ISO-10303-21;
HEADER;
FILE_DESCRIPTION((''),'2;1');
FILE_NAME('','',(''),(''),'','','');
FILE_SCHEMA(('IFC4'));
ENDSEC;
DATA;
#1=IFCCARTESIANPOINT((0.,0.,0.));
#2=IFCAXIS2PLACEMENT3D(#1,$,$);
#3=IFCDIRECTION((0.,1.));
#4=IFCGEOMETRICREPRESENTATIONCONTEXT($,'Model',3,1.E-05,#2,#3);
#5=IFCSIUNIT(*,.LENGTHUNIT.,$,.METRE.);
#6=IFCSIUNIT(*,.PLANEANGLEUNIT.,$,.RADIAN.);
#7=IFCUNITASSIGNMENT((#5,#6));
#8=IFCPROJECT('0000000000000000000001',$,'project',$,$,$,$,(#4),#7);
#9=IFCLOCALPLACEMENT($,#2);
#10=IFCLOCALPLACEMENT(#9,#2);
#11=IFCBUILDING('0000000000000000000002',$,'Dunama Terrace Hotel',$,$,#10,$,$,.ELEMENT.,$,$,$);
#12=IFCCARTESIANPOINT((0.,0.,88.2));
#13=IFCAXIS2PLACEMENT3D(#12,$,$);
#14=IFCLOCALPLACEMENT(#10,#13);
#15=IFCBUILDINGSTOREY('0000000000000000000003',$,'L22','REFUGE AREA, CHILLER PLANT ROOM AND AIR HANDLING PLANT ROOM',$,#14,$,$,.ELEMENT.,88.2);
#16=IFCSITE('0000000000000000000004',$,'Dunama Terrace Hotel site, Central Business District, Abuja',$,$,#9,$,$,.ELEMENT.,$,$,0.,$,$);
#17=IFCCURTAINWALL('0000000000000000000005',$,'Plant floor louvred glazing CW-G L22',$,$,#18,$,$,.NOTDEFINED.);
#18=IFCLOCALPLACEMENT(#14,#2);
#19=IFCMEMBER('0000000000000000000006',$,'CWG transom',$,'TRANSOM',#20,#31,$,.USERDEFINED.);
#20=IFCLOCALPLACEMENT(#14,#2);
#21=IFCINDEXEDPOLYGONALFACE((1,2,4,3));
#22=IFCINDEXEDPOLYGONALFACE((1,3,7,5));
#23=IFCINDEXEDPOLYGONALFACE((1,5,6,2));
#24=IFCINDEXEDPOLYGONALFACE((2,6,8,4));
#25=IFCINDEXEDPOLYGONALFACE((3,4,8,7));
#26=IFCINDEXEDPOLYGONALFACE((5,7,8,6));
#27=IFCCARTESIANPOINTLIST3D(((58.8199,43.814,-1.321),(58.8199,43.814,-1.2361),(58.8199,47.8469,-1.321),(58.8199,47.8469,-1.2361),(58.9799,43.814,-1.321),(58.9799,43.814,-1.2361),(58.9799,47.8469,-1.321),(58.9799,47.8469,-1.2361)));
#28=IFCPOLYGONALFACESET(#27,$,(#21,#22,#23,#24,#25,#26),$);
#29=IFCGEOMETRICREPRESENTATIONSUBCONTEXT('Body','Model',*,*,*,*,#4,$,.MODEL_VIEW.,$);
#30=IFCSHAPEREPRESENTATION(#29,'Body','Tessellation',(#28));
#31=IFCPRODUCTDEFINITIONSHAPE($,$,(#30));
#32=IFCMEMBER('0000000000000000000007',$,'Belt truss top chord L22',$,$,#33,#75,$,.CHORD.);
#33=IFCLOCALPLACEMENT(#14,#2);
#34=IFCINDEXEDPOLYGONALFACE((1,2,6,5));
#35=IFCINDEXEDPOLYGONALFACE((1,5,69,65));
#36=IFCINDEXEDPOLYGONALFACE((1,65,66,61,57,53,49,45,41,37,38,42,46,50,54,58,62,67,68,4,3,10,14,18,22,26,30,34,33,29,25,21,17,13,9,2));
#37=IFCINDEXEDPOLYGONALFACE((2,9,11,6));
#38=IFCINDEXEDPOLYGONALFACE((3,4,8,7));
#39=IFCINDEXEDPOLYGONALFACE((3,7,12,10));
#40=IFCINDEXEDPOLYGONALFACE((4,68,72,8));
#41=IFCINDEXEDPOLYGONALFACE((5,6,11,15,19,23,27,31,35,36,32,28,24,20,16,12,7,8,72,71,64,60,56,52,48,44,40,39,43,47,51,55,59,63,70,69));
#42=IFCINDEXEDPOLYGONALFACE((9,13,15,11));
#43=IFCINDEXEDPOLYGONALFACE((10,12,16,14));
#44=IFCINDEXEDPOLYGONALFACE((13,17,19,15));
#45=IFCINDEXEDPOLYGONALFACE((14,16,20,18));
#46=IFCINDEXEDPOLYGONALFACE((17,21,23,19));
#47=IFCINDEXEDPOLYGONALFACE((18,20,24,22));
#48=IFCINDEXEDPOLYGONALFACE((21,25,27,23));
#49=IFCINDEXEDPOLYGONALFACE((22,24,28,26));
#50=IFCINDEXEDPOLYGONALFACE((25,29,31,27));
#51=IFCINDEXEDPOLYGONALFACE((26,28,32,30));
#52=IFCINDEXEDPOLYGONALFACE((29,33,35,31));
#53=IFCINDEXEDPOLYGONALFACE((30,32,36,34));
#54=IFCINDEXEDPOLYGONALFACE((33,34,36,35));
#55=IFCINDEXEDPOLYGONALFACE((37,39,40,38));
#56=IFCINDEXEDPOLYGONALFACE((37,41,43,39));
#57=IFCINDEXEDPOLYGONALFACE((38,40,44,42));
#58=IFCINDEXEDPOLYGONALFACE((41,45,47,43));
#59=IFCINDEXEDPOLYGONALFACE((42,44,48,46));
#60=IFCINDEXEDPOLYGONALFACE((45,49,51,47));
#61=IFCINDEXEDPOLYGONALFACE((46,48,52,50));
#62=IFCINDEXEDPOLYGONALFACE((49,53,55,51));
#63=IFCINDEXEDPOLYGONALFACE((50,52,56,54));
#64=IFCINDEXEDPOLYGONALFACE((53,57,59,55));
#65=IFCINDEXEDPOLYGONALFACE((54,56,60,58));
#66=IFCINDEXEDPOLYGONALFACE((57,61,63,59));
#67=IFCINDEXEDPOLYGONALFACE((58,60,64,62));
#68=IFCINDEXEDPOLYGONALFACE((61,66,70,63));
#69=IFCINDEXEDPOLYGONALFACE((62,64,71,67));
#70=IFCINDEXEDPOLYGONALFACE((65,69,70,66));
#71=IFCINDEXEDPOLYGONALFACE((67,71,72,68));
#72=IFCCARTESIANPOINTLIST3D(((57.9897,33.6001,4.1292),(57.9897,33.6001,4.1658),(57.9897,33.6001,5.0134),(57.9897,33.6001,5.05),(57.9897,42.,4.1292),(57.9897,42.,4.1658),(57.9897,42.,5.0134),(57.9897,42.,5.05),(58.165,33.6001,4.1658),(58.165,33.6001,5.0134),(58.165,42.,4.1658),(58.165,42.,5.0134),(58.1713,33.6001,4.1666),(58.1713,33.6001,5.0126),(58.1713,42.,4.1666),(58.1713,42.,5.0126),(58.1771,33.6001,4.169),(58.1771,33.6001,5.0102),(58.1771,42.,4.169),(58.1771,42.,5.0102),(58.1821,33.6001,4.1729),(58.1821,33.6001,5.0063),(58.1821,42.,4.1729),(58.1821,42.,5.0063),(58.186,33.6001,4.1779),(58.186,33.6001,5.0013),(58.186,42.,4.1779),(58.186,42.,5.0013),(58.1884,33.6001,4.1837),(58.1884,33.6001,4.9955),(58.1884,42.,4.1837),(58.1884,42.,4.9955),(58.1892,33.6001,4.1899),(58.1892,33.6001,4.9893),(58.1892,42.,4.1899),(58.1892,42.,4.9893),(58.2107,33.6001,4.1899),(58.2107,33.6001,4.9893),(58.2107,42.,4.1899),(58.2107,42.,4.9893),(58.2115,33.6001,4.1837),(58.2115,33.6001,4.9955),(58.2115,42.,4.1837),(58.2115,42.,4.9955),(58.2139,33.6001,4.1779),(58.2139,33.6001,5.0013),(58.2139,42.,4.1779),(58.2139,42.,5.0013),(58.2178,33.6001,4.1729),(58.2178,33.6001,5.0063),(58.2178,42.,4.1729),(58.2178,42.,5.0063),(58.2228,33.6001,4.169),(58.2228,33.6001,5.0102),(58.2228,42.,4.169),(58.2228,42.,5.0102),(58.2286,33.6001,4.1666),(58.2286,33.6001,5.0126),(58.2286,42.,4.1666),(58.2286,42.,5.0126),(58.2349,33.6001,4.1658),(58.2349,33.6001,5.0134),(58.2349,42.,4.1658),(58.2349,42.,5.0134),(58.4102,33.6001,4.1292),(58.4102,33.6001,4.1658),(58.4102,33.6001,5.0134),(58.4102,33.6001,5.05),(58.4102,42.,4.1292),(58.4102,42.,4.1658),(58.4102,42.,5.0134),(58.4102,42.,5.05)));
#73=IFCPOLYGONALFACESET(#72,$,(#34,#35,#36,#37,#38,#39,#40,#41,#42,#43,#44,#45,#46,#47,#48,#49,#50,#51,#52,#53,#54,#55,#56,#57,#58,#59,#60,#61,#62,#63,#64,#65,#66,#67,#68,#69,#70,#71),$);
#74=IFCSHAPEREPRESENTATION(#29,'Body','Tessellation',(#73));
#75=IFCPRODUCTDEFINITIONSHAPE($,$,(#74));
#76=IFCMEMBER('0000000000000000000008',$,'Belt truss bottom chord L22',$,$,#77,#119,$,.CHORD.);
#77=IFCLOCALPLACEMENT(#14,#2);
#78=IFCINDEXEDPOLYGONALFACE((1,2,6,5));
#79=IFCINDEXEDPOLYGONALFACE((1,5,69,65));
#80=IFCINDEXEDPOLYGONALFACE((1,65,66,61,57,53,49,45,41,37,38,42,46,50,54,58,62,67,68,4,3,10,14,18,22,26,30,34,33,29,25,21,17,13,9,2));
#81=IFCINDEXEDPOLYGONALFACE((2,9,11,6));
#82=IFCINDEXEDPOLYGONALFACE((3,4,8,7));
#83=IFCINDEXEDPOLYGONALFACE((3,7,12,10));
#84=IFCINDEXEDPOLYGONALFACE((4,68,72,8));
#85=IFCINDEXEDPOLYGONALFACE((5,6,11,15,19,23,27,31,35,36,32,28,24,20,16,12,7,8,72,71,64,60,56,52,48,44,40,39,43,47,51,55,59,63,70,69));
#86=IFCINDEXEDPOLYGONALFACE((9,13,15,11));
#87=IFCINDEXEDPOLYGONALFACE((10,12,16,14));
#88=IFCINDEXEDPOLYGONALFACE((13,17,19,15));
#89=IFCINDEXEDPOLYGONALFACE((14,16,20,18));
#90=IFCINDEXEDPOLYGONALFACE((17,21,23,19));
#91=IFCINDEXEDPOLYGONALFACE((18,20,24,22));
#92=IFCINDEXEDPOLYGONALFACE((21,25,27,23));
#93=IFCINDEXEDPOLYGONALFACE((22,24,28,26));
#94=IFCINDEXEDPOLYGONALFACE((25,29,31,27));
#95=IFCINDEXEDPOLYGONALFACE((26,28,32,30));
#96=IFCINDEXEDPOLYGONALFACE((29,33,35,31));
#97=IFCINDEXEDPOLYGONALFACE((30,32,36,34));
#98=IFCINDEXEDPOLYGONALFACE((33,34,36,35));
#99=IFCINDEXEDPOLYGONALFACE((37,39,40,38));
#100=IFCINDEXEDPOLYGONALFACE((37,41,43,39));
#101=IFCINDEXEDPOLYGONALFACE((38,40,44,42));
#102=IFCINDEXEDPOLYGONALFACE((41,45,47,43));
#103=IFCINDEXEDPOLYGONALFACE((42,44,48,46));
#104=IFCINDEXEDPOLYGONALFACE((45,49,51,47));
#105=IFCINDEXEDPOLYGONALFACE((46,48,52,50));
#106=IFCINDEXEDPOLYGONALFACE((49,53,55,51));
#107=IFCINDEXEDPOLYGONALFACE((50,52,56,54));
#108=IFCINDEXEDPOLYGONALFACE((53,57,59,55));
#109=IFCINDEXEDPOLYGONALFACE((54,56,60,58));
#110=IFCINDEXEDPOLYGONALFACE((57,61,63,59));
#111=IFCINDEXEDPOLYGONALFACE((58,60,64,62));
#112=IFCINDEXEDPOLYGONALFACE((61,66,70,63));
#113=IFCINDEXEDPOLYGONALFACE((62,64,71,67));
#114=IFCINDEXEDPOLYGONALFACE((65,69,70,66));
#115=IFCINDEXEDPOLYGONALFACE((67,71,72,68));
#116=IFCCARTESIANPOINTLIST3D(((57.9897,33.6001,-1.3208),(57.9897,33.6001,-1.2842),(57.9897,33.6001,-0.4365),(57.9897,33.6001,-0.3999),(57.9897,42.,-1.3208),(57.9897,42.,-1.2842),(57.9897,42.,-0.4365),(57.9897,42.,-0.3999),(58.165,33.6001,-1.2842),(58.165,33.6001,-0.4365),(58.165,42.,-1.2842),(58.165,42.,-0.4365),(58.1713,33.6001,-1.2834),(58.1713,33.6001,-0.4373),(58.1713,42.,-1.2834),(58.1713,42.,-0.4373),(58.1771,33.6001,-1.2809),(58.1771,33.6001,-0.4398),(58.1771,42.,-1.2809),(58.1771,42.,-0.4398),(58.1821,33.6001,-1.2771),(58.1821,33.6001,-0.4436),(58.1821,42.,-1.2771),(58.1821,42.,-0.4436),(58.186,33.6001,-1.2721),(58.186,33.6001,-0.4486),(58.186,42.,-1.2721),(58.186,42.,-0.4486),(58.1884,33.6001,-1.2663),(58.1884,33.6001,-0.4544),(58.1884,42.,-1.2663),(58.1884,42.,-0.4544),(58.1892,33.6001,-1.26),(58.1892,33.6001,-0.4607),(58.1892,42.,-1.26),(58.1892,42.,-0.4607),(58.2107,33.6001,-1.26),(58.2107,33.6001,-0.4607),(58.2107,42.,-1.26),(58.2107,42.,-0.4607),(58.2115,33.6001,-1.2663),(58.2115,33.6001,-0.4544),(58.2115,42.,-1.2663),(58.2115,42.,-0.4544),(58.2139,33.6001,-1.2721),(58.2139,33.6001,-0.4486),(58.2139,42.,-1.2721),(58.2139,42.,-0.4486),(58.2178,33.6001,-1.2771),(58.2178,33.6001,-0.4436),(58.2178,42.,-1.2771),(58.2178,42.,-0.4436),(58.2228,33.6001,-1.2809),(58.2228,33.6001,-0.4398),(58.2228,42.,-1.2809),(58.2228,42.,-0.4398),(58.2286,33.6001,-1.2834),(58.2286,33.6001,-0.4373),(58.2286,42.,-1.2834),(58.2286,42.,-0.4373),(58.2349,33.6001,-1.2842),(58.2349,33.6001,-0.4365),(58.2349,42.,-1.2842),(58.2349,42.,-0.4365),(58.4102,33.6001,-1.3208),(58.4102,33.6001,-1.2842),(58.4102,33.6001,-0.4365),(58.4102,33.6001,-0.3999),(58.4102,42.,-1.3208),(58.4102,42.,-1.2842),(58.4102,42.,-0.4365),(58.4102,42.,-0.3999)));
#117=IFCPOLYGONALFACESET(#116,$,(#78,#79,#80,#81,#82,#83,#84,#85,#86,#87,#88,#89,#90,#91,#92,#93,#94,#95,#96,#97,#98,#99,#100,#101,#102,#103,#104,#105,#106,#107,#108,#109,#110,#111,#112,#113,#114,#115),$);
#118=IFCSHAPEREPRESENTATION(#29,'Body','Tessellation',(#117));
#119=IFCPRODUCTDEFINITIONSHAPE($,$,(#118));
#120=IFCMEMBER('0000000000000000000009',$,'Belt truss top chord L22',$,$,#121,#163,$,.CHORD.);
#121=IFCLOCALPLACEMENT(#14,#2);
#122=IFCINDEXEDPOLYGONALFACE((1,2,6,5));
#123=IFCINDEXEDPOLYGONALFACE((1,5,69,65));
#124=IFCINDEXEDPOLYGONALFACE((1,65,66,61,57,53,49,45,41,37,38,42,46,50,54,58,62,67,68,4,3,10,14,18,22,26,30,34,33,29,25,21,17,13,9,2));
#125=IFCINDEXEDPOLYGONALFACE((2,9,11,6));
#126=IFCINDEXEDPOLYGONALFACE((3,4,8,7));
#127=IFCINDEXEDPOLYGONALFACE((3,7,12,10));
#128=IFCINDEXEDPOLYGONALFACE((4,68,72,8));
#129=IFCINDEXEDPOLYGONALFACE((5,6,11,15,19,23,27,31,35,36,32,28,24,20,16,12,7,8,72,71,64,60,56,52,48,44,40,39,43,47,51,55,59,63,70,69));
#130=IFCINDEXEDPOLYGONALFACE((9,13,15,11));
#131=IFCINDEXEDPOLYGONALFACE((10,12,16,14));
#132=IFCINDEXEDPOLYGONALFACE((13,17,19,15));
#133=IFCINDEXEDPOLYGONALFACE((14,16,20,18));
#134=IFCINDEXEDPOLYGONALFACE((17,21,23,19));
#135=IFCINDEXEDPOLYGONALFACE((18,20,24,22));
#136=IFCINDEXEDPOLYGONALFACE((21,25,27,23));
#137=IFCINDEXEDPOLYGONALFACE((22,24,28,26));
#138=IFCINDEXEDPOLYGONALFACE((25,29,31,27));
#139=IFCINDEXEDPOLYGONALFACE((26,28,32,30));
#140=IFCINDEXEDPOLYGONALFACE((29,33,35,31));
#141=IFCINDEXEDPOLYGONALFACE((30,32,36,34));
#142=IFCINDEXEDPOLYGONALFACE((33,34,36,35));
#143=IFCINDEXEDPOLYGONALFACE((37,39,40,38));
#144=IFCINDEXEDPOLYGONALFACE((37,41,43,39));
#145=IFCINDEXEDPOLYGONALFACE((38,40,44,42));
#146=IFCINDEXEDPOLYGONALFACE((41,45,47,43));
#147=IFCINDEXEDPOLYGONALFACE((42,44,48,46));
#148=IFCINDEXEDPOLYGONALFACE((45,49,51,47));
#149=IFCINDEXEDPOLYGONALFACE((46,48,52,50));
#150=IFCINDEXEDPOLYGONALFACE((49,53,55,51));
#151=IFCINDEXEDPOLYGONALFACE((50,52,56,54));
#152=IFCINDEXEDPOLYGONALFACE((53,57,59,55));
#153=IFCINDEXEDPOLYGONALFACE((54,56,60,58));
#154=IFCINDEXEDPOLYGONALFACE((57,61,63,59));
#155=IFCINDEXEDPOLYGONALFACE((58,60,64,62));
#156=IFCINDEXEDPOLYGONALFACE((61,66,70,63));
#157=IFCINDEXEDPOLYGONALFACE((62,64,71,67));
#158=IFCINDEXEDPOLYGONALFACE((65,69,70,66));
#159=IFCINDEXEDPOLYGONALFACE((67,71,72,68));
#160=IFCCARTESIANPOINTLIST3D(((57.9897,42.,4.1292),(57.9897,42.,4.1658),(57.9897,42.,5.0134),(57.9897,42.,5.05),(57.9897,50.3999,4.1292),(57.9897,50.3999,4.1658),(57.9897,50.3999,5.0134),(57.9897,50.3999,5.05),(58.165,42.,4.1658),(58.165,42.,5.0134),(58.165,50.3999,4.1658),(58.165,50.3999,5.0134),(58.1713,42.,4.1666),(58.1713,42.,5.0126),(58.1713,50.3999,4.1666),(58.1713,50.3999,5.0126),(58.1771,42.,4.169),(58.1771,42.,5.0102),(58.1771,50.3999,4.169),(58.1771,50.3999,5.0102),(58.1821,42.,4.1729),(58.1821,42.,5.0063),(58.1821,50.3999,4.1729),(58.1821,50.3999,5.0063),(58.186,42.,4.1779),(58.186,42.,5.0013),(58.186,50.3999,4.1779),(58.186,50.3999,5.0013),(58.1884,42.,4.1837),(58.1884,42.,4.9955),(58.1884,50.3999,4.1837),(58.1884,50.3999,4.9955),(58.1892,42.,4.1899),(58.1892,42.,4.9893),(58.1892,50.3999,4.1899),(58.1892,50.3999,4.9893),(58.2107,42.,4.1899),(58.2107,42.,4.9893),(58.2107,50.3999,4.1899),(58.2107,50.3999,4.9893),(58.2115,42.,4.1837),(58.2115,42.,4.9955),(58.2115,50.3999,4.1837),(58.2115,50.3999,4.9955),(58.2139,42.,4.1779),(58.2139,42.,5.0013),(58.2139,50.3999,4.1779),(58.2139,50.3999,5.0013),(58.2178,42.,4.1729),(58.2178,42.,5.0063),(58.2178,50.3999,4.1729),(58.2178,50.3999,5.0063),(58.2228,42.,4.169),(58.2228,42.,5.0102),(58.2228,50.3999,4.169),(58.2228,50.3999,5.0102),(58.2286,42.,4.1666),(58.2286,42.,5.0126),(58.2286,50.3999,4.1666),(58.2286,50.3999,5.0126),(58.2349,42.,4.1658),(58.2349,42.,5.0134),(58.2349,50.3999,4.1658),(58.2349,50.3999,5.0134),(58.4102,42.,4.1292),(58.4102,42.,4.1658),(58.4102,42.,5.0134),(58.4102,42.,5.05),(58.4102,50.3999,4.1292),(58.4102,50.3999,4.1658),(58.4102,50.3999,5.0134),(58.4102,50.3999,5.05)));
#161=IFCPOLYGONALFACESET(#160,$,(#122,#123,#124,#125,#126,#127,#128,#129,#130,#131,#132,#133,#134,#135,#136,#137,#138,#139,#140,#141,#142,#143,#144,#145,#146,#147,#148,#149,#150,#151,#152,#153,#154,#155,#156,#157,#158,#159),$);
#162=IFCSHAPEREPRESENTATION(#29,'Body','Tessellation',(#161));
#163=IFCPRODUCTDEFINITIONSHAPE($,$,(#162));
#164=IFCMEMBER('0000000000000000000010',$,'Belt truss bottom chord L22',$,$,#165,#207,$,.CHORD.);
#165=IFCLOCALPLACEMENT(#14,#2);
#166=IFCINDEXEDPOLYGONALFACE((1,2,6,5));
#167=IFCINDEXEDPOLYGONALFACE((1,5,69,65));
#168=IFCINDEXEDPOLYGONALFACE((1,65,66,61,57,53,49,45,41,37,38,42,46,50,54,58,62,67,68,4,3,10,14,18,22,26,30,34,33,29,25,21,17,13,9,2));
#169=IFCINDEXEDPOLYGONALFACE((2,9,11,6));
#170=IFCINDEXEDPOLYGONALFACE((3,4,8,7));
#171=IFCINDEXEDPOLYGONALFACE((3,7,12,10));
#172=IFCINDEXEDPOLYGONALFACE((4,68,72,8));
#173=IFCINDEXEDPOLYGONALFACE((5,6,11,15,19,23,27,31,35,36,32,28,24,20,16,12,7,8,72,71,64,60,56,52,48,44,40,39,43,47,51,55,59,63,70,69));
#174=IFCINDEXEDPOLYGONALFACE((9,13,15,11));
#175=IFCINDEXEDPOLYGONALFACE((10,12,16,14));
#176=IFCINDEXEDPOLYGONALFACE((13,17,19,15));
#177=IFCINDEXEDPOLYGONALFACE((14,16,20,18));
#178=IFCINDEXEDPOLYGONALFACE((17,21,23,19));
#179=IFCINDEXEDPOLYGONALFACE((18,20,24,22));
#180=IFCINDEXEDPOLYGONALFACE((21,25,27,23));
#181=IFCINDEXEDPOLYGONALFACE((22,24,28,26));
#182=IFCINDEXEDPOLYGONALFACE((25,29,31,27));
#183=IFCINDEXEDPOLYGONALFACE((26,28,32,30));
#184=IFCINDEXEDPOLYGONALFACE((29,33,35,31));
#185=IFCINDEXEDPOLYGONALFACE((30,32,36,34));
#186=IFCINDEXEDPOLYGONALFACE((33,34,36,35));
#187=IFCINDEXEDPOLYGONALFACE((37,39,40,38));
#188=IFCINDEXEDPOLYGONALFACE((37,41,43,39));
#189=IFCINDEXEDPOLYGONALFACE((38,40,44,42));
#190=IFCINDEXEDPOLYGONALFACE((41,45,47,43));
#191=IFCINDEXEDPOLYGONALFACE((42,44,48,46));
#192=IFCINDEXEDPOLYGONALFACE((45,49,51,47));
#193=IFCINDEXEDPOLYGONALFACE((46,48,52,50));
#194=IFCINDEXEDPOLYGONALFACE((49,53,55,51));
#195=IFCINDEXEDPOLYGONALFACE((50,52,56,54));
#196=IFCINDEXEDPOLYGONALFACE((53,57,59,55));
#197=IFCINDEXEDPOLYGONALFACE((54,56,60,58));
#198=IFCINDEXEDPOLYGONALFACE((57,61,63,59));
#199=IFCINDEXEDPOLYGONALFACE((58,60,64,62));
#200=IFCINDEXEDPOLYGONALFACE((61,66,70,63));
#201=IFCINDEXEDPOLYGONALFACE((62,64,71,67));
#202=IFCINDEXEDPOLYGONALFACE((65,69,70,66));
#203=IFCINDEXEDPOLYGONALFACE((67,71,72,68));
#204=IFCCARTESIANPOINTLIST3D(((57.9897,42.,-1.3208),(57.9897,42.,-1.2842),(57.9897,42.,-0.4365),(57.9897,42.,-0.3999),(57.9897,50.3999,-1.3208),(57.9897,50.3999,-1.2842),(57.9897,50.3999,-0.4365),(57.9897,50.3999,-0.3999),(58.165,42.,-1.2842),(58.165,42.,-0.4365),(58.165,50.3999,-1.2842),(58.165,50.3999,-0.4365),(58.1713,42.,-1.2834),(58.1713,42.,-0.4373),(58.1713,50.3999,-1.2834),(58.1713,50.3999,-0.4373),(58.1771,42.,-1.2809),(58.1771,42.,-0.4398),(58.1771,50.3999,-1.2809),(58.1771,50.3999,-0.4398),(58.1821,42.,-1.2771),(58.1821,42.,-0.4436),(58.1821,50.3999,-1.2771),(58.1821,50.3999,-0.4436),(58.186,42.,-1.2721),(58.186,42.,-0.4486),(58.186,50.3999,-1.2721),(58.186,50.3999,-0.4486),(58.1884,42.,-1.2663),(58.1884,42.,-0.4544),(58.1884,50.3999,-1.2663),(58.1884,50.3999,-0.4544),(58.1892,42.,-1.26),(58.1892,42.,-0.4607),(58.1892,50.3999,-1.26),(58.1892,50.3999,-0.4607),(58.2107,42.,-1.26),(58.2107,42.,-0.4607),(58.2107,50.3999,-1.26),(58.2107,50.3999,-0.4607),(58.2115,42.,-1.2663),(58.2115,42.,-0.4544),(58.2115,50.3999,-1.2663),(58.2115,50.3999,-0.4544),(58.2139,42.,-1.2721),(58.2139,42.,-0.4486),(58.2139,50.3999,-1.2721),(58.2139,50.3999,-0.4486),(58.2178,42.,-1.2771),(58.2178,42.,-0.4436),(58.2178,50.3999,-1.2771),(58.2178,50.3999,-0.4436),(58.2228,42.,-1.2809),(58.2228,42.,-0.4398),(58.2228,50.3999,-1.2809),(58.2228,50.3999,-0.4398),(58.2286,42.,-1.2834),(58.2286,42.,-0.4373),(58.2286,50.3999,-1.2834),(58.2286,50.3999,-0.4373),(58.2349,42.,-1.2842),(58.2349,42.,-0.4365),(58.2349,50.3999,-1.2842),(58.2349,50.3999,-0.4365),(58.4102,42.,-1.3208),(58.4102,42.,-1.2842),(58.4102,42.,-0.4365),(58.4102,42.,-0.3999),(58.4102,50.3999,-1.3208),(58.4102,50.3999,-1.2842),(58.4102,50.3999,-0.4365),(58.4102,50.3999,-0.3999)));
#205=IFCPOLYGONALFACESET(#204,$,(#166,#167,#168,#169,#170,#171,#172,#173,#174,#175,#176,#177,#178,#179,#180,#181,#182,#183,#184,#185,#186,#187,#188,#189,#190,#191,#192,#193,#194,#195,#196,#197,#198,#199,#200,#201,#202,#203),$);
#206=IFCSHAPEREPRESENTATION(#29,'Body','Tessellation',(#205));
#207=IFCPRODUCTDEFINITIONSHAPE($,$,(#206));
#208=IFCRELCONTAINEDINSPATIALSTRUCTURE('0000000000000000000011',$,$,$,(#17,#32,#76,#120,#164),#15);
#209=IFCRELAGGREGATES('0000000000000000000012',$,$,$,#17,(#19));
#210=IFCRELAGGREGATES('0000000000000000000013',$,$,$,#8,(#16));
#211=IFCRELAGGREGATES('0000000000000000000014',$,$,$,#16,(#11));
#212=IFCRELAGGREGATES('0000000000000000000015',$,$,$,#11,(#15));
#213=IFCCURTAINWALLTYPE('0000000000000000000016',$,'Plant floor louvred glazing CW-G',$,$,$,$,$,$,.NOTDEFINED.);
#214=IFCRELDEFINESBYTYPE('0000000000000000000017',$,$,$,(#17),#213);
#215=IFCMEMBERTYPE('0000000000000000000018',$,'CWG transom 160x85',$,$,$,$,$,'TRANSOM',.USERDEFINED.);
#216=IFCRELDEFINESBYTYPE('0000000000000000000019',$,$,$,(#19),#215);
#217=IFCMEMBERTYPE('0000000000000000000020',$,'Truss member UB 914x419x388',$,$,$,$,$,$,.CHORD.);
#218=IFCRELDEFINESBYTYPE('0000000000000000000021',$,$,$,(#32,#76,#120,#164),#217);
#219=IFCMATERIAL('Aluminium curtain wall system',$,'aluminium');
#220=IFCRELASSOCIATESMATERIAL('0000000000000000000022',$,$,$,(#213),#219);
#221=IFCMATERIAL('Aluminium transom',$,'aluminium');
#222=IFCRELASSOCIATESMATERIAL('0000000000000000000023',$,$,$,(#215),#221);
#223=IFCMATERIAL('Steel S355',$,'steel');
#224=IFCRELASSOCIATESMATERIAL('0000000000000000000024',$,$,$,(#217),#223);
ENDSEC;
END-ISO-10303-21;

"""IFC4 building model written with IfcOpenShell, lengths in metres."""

from ifc_helpers import new_model, si_unit, direction, frame, origin, origin_2d, place, context, subcontext, project, spatial, rectangle, i_section, extrude, material, material_profile, profile_set, type_object, element, aggregate, save


model = new_model("IFC4")

# Units and contexts
model_context = context("Model", 3, precision=1e-05, world=origin(), true_north=direction((0.0, 1.0)))
body_context = subcontext(model_context, "Body", "Model", "MODEL_VIEW")
ifc_project = project(units=[si_unit("LENGTHUNIT", "METRE"), si_unit("PLANEANGLEUNIT", "RADIAN")], contexts=[model_context])

# Site, building, storey
site_placement = place(None, origin())
site = spatial("IfcSite", under=ifc_project, at=site_placement, Name="Dunama Terrace Hotel site, Central Business District, Abuja", CompositionType="ELEMENT", RefElevation=0.0)
building_placement = place(site_placement, origin())
building = spatial("IfcBuilding", under=site, at=building_placement, Name="Dunama Terrace Hotel", CompositionType="ELEMENT")
storey_placement = place(building_placement, frame((0.0, 0.0, 88.2)))
storey = spatial("IfcBuildingStorey", under=building, at=storey_placement, Name="L22", Description="REFUGE AREA, CHILLER PLANT ROOM AND AIR HANDLING PLANT ROOM", CompositionType="ELEMENT", Elevation=88.2)

# Curtain wall, member
ifc_material_1 = material(Name="Aluminium curtain wall system", Category="aluminium")
curtain_wall_type = type_object("IfcCurtainWallType", Name="Plant floor louvred glazing CW-G", PredefinedType="NOTDEFINED", material=ifc_material_1)
curtain_wall_placement = place(storey_placement, origin())
curtain_wall = element("IfcCurtainWall", 1, at=curtain_wall_placement, inside=storey, type_object=curtain_wall_type, Name="Plant floor louvred glazing CW-G L22", PredefinedType="NOTDEFINED")
ifc_material_2 = material(Name="Aluminium transom", Category="aluminium")
ifc_material_profile_1 = material_profile(ifc_material_2, rectangle(XDim=0.1599, YDim=0.085, at=origin_2d()), Name="CWG TRANSOM 160X85")
ifc_profile_set_1 = profile_set([ifc_material_profile_1], Name="Aluminium transom")
member_type_1 = type_object("IfcMemberType", Name="CWG transom 160x85", ElementType="TRANSOM", PredefinedType="USERDEFINED", material=ifc_profile_set_1)
member_1_placement = place(storey_placement, frame((58.8999, 43.814, -1.2786), z_axis=(0.0, 1.0, 0.0), x_axis=(-1.0, 0.0, 0.0)))
member_1 = element("IfcMember", 2, at=member_1_placement, type_object=member_type_1, Name="CWG transom", ObjectType="TRANSOM", PredefinedType="USERDEFINED", context=body_context, shape_type="SweptSolid", body=[
    extrude(rectangle(XDim=0.1599, YDim=0.085, at=origin_2d()), origin(), (0.0, 0.0, 1.0), 4.033),
])

# Members
ifc_material_3 = material(Name="Steel S355", Category="steel")
ifc_material_profile_2 = material_profile(ifc_material_3, i_section(OverallWidth=0.4204, OverallDepth=0.9209, WebThickness=0.0215, FlangeThickness=0.0366, FilletRadius=0.0242, at=origin_2d()), Name="UB 914x419x388")
ifc_profile_set_2 = profile_set([ifc_material_profile_2], Name="Steel S355")
member_type_2 = type_object("IfcMemberType", Name="Truss member UB 914x419x388", PredefinedType="CHORD", material=ifc_profile_set_2)
for number, where, z_axis, x_axis, name in (
    (3, (58.2, 33.6001, 4.5896), (0.0, 1.0, 0.0), (-1.0, 0.0, 0.0), "Belt truss top chord L22"),
    (4, (58.2, 33.6001, -0.8604), (0.0, 1.0, 0.0), (-1.0, 0.0, 0.0), "Belt truss bottom chord L22"),
    (5, (58.2, 42.0, 4.5896), (0.0, 1.0, 0.0), (-1.0, 0.0, 0.0), "Belt truss top chord L22"),
    (6, (58.2, 42.0, -0.8604), (0.0, 1.0, 0.0), (-1.0, 0.0, 0.0), "Belt truss bottom chord L22"),
):
    element("IfcMember", number, at=place(storey_placement, frame(where, z_axis=z_axis, x_axis=x_axis)), inside=storey, type_object=member_type_2, Name=name, PredefinedType="CHORD", context=body_context, shape_type="SweptSolid", body=[
        extrude(i_section(OverallWidth=0.4204, OverallDepth=0.9209, WebThickness=0.0215, FlangeThickness=0.0366, FilletRadius=0.0242, at=origin_2d()), origin(), (0.0, 0.0, 1.0), 8.3999),
    ])

aggregate(curtain_wall, [member_1])

save(model, "model.ifc")
